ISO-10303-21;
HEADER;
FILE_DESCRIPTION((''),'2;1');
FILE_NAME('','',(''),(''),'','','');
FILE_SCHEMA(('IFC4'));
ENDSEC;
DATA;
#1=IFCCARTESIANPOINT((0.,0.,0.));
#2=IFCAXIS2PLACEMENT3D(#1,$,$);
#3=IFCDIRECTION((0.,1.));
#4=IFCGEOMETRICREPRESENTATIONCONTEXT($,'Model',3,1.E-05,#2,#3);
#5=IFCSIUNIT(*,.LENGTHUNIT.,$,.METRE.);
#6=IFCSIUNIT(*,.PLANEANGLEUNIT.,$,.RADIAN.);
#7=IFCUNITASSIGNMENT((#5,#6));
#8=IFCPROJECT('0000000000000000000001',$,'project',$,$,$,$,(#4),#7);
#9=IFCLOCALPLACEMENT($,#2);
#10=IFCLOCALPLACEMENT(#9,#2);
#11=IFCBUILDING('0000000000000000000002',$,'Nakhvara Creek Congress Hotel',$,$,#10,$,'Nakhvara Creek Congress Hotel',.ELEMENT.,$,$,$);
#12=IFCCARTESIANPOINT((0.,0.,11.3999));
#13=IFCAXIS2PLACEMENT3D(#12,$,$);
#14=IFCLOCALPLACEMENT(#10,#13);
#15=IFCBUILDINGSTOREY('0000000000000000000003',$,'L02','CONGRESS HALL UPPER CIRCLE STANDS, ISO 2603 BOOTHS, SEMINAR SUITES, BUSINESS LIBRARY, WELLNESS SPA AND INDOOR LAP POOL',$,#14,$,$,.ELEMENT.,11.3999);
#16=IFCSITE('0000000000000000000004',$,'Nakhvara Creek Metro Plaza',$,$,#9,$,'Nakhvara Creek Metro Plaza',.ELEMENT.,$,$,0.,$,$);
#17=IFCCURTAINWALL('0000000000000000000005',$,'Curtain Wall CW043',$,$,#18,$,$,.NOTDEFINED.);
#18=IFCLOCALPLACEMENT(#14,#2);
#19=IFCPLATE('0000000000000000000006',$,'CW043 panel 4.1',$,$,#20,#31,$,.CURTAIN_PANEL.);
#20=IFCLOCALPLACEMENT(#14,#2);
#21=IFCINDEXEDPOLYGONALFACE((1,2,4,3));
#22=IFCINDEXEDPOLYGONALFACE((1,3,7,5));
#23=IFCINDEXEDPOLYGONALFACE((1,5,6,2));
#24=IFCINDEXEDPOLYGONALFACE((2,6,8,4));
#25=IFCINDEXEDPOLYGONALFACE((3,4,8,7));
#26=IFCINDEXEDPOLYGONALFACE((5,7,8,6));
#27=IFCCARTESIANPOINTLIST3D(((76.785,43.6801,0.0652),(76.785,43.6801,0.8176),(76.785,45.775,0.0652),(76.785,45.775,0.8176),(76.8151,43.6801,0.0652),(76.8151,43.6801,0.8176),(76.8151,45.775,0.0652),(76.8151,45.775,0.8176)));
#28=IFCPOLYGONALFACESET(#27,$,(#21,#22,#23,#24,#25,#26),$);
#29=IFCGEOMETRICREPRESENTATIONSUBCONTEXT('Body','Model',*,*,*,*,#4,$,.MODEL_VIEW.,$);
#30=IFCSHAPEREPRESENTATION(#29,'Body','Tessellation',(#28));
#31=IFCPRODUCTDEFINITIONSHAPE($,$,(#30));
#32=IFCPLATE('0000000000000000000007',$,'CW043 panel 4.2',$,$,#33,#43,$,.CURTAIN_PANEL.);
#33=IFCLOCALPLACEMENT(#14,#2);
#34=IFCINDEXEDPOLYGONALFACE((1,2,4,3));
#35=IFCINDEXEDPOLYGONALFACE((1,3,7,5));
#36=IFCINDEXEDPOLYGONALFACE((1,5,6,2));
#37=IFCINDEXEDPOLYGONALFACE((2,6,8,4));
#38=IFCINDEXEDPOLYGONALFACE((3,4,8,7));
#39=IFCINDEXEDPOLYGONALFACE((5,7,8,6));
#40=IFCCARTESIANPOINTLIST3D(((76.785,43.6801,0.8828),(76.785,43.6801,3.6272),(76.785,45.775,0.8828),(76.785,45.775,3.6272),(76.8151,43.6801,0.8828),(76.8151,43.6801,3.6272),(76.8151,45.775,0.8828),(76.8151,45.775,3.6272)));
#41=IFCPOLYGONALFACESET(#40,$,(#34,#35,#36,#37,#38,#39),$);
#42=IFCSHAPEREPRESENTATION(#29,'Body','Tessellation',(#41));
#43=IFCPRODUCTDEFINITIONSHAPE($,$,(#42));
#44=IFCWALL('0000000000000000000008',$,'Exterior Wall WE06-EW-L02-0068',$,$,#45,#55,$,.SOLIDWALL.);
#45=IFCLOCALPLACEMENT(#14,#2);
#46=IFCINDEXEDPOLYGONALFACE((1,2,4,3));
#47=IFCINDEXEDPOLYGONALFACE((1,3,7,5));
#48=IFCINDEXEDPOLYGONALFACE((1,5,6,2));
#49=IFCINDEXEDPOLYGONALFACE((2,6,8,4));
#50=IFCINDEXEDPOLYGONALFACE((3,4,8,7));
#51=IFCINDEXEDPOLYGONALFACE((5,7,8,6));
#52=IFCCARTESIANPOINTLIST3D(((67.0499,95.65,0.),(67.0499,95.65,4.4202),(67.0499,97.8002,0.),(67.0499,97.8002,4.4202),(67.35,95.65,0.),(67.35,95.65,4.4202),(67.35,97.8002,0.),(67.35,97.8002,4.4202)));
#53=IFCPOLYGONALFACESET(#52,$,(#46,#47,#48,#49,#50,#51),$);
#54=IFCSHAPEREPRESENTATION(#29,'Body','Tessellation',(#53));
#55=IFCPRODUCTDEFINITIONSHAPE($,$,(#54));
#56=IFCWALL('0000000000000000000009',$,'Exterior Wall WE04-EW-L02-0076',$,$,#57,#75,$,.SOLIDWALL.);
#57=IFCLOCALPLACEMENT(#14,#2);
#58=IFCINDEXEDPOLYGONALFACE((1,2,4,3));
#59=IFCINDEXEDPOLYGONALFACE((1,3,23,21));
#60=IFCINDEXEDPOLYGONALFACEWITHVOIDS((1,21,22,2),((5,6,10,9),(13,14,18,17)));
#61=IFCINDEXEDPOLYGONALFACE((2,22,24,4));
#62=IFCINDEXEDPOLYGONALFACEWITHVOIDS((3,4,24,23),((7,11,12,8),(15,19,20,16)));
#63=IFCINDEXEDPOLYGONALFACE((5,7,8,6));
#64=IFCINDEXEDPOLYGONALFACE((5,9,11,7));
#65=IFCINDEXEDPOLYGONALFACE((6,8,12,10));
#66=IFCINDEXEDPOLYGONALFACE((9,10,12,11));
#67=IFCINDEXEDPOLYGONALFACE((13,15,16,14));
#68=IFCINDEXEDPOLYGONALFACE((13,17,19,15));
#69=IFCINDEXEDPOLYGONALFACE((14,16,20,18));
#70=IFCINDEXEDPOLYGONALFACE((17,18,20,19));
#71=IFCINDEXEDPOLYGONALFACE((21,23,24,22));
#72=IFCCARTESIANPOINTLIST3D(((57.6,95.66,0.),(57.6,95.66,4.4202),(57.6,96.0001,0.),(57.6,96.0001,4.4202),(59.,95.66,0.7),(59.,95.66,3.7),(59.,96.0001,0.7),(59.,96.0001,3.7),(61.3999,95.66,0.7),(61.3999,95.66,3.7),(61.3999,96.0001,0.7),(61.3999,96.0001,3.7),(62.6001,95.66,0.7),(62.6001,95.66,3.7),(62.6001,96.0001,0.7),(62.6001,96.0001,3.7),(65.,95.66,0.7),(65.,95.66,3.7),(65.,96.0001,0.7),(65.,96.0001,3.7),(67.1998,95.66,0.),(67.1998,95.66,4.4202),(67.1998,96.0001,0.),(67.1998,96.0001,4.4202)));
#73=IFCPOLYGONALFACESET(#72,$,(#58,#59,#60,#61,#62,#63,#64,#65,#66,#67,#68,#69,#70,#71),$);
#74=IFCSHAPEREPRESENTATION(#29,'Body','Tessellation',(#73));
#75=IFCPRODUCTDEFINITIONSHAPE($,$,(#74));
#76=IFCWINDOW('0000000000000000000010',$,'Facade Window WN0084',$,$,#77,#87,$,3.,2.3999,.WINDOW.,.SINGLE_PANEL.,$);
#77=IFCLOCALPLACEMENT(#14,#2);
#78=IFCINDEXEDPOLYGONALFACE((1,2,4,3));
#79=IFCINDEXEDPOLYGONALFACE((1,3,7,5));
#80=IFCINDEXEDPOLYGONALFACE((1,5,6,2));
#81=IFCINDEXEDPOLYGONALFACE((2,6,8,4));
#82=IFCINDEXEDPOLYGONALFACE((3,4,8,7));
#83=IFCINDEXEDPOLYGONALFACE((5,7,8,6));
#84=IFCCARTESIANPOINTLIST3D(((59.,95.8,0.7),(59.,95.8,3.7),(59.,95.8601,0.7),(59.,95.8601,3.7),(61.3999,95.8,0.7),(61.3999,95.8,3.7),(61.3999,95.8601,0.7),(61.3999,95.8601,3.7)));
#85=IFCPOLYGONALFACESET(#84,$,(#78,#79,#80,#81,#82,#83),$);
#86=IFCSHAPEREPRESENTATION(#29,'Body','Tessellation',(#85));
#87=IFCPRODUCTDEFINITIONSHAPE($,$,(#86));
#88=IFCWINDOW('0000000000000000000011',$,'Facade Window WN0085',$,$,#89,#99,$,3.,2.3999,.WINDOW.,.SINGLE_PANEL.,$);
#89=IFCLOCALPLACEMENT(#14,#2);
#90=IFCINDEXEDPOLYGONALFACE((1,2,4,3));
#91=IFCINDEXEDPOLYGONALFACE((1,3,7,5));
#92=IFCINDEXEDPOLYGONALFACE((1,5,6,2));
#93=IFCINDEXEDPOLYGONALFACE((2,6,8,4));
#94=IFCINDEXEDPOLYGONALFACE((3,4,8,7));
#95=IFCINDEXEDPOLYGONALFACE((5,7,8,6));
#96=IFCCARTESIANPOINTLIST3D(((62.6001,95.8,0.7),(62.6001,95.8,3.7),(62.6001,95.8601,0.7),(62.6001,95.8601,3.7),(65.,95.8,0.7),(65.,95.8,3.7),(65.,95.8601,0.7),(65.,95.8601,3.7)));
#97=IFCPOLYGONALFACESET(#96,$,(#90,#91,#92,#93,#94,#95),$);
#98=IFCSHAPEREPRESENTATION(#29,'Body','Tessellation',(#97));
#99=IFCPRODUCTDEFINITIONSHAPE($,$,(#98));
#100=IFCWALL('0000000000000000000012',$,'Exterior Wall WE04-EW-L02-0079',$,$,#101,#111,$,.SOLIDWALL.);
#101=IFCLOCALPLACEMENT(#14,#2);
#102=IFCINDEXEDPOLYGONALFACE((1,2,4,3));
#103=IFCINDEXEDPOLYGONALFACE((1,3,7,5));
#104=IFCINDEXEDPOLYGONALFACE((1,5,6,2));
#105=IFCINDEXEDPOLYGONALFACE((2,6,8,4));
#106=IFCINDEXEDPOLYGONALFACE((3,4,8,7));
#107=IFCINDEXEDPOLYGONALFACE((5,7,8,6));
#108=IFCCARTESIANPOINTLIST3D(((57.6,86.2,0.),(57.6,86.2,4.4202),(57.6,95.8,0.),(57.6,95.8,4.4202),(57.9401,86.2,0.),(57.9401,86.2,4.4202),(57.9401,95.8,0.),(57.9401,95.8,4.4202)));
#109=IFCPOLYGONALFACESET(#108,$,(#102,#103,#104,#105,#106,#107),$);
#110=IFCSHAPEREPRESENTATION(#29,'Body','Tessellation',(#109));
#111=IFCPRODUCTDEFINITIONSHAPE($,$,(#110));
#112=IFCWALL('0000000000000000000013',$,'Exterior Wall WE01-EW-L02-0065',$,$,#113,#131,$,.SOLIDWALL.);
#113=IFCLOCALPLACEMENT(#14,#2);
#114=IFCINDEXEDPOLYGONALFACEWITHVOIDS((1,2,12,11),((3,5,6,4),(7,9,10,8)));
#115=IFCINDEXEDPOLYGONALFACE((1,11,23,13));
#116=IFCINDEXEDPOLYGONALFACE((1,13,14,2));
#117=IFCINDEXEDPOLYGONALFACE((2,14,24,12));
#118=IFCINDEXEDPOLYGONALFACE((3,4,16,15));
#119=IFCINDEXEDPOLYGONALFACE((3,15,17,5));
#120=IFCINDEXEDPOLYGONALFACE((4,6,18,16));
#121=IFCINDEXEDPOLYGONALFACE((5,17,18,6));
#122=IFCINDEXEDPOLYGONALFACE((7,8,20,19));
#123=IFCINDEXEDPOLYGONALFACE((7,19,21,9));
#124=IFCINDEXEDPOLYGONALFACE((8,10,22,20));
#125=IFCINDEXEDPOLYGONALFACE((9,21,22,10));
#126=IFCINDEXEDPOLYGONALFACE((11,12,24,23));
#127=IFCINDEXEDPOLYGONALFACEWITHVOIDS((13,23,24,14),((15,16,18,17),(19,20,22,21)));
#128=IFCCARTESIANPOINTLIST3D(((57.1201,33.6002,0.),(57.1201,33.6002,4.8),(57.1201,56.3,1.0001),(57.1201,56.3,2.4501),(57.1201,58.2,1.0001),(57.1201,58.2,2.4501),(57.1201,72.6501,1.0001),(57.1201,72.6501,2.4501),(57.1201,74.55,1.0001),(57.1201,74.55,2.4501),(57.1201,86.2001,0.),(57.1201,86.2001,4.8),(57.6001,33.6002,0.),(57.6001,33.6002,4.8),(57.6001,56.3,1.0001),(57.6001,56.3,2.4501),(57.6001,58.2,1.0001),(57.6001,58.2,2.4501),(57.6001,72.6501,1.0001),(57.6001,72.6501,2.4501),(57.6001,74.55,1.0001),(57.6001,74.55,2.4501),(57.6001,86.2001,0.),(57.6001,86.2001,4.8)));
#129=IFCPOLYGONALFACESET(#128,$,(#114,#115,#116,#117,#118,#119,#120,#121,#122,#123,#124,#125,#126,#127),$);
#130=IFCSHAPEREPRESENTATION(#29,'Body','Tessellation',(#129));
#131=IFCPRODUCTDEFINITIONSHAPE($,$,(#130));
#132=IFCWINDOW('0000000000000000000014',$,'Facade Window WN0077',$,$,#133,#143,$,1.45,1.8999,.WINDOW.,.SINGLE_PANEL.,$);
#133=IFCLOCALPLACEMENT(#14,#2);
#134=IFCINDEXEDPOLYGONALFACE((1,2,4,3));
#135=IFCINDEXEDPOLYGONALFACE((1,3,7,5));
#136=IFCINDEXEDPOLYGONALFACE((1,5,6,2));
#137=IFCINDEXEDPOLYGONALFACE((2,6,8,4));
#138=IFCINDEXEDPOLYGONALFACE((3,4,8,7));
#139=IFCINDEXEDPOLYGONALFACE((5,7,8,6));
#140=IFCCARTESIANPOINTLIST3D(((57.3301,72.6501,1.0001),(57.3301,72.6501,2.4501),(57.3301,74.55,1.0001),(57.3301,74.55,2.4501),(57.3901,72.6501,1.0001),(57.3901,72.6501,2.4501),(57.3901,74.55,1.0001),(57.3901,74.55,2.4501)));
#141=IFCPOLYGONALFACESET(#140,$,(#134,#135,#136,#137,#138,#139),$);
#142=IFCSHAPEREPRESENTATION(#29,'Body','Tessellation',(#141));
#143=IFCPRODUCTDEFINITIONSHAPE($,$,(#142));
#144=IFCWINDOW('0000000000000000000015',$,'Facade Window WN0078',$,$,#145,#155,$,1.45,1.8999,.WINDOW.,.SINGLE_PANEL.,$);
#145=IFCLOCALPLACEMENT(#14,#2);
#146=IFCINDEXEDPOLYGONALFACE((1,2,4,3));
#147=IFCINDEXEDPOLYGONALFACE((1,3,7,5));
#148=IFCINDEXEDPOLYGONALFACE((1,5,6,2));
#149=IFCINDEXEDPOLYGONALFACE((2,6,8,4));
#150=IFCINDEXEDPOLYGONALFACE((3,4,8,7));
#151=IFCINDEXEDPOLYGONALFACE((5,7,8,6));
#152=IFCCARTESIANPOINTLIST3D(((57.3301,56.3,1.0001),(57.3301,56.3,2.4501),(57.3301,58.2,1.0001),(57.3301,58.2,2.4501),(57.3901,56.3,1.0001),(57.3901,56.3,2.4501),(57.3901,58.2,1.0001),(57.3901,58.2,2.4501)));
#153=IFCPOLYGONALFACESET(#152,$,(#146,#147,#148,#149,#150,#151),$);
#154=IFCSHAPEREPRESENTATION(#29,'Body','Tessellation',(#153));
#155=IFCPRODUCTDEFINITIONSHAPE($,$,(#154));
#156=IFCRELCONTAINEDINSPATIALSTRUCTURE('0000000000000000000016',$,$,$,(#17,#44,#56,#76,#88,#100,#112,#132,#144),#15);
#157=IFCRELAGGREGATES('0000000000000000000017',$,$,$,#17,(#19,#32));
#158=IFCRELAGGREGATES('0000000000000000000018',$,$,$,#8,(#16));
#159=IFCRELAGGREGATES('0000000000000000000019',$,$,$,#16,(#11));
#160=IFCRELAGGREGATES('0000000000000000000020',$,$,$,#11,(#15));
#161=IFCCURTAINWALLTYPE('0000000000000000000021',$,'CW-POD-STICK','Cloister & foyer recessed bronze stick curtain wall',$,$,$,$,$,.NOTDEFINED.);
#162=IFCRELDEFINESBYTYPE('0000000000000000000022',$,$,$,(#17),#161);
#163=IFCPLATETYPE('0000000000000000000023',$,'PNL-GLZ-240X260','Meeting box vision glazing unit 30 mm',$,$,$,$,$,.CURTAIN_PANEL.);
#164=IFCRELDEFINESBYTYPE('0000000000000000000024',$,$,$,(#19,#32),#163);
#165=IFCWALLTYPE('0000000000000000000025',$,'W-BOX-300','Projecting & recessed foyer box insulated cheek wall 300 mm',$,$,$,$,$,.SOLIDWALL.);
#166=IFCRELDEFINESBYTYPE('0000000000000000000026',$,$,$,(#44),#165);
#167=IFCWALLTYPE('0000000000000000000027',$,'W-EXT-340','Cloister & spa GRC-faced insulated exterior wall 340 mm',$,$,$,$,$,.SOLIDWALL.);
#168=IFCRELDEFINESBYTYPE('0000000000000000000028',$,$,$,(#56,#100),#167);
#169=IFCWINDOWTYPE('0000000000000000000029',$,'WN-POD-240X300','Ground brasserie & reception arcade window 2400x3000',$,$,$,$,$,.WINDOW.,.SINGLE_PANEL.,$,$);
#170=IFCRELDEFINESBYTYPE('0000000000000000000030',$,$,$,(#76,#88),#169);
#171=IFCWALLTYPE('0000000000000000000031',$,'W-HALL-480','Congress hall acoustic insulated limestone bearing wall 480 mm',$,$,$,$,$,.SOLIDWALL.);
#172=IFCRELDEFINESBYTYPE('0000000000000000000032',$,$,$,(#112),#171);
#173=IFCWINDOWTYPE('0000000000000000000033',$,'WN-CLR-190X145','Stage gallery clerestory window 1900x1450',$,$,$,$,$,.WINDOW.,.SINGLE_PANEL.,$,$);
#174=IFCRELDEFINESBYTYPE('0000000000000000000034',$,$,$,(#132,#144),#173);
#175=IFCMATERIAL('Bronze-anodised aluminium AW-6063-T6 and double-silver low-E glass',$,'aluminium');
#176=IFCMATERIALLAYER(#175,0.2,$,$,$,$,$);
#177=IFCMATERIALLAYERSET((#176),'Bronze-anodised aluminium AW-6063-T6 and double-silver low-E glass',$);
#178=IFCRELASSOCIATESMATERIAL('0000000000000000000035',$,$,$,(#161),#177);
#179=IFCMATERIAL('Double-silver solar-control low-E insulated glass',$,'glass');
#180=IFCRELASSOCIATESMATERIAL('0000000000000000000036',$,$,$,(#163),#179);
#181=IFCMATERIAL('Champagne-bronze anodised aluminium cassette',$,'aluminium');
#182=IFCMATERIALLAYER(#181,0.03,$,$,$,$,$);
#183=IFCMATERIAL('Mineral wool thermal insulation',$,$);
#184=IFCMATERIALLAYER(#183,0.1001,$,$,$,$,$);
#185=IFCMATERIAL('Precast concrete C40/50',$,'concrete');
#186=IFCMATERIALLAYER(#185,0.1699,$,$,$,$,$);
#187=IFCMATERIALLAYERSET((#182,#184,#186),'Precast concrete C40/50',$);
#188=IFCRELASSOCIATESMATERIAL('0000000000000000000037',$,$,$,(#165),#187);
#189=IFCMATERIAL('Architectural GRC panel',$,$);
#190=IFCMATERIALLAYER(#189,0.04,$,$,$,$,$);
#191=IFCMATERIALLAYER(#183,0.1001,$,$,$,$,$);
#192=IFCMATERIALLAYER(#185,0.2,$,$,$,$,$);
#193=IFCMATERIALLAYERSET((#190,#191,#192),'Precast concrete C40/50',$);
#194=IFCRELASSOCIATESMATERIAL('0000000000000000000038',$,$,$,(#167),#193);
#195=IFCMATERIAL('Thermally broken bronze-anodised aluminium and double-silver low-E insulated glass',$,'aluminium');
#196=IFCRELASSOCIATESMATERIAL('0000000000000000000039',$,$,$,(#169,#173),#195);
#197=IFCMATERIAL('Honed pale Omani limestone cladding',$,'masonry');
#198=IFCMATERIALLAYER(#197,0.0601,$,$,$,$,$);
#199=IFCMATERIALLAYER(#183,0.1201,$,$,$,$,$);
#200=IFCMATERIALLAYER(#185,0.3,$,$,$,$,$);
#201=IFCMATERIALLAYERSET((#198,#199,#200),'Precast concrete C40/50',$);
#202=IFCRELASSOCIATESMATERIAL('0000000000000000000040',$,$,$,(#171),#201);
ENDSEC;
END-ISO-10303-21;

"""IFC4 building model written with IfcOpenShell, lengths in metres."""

from ifc_helpers import new_model, si_unit, direction, frame, frame_2d, origin, origin_2d, place, context, subcontext, project, spatial, rectangle, extrude, material, layer, layer_set, type_object, element, fill, aggregate, save


model = new_model("IFC4")

# Units and contexts
model_context = context("Model", 3, precision=1e-05, world=origin(), true_north=direction((0.0, 1.0)))
body_context = subcontext(model_context, "Body", "Model", "MODEL_VIEW")
ifc_project = project(units=[si_unit("LENGTHUNIT", "METRE"), si_unit("PLANEANGLEUNIT", "RADIAN")], contexts=[model_context])

# Site, building, storey
site_placement = place(None, origin())
site = spatial("IfcSite", under=ifc_project, at=site_placement, Name="Nakhvara Creek Metro Plaza", LongName="Nakhvara Creek Metro Plaza", CompositionType="ELEMENT", RefElevation=0.0)
building_placement = place(site_placement, origin())
building = spatial("IfcBuilding", under=site, at=building_placement, Name="Nakhvara Creek Congress Hotel", LongName="Nakhvara Creek Congress Hotel", CompositionType="ELEMENT")
storey_placement = place(building_placement, frame((0.0, 0.0, 11.3999)))
storey = spatial("IfcBuildingStorey", under=building, at=storey_placement, Name="L02", Description="CONGRESS HALL UPPER CIRCLE STANDS, ISO 2603 BOOTHS, SEMINAR SUITES, BUSINESS LIBRARY, WELLNESS SPA AND INDOOR LAP POOL", CompositionType="ELEMENT", Elevation=11.3999)

# Curtain wall
ifc_material_1 = material(Name="Bronze-anodised aluminium AW-6063-T6 and double-silver low-E glass", Category="aluminium")
ifc_layer_1 = layer(ifc_material_1, 0.2)
ifc_layer_set_1 = layer_set([ifc_layer_1], Name="Bronze-anodised aluminium AW-6063-T6 and double-silver low-E glass")
curtain_wall_type_1 = type_object("IfcCurtainWallType", Name="CW-POD-STICK", Description="Cloister & foyer recessed bronze stick curtain wall", PredefinedType="NOTDEFINED", material=ifc_layer_set_1)
curtain_wall_1_placement = place(storey_placement, origin())
curtain_wall_1 = element("IfcCurtainWall", 1, at=curtain_wall_1_placement, inside=storey, type_object=curtain_wall_type_1, Name="Curtain Wall CW043", PredefinedType="NOTDEFINED")

# Plates
ifc_material_2 = material(Name="Double-silver solar-control low-E insulated glass", Category="glass")
plate_type = type_object("IfcPlateType", Name="PNL-GLZ-240X260", Description="Meeting box vision glazing unit 30 mm", PredefinedType="CURTAIN_PANEL", material=ifc_material_2)
plate_1_placement = place(storey_placement, frame((76.8, 44.7275, 0.0652), z_axis=(0.0, 0.0, 1.0), x_axis=(0.0, -1.0, 0.0)))
plate_1 = element("IfcPlate", 2, at=plate_1_placement, type_object=plate_type, Name="CW043 panel 4.1", PredefinedType="CURTAIN_PANEL", context=body_context, shape_type="SweptSolid", body=[
    extrude(rectangle(XDim=2.095, YDim=0.03, at=origin_2d()), origin(), (0.0, 0.0, 1.0), 0.7524),
])
plate_2_placement = place(storey_placement, frame((76.8, 44.7275, 0.8828), z_axis=(0.0, 0.0, 1.0), x_axis=(0.0, -1.0, 0.0)))
plate_2 = element("IfcPlate", 3, at=plate_2_placement, type_object=plate_type, Name="CW043 panel 4.2", PredefinedType="CURTAIN_PANEL", context=body_context, shape_type="SweptSolid", body=[
    extrude(rectangle(XDim=2.095, YDim=0.03, at=origin_2d()), origin(), (0.0, 0.0, 1.0), 2.7444),
])
aggregate(curtain_wall_1, [plate_1, plate_2])

# Wall
ifc_material_3 = material(Name="Champagne-bronze anodised aluminium cassette", Category="aluminium")
ifc_layer_2 = layer(ifc_material_3, 0.03)
ifc_material_4 = material(Name="Mineral wool thermal insulation")
ifc_layer_3 = layer(ifc_material_4, 0.1001)
ifc_material_5 = material(Name="Precast concrete C40/50", Category="concrete")
ifc_layer_4 = layer(ifc_material_5, 0.1699)
ifc_layer_set_2 = layer_set([ifc_layer_2, ifc_layer_3, ifc_layer_4], Name="Precast concrete C40/50")
wall_type_1 = type_object("IfcWallType", Name="W-BOX-300", Description="Projecting & recessed foyer box insulated cheek wall 300 mm", PredefinedType="SOLIDWALL", material=ifc_layer_set_2)
wall_1_placement = place(storey_placement, frame((67.2, 95.6499, 0.0), z_axis=(0.0, 0.0, 1.0), x_axis=(0.0, 1.0, 0.0)))
element("IfcWall", 4, at=wall_1_placement, inside=storey, type_object=wall_type_1, Name="Exterior Wall WE06-EW-L02-0068", PredefinedType="SOLIDWALL", context=body_context, shape_type="SweptSolid", body=[
    extrude(rectangle(XDim=2.1501, YDim=0.3, at=frame_2d((1.0752, 0.0))), origin(), (0.0, 0.0, 1.0), 4.4202),
])

# Wall, openings, windows
ifc_material_6 = material(Name="Architectural GRC panel")
ifc_layer_5 = layer(ifc_material_6, 0.04)
ifc_layer_6 = layer(ifc_material_4, 0.1001)
ifc_layer_7 = layer(ifc_material_5, 0.2)
ifc_layer_set_3 = layer_set([ifc_layer_5, ifc_layer_6, ifc_layer_7], Name="Precast concrete C40/50")
wall_type_2 = type_object("IfcWallType", Name="W-EXT-340", Description="Cloister & spa GRC-faced insulated exterior wall 340 mm", PredefinedType="SOLIDWALL", material=ifc_layer_set_3)
wall_2_placement = place(storey_placement, frame((57.6001, 95.8301, 0.0), z_axis=(0.0, 0.0, 1.0), x_axis=(1.0, 0.0, 0.0)))
wall_2 = element("IfcWall", 5, at=wall_2_placement, inside=storey, type_object=wall_type_2, Name="Exterior Wall WE04-EW-L02-0076", PredefinedType="SOLIDWALL", context=body_context, shape_type="SweptSolid", body=[
    extrude(rectangle(XDim=9.5999, YDim=0.3401, at=frame_2d((4.7998, 0.0))), origin(), (0.0, 0.0, 1.0), 4.4202),
])
opening_1_placement = place(wall_2_placement, frame((1.3999, 0.0, 0.7)))
opening_1 = element("IfcOpeningElement", 6, at=opening_1_placement, cuts=wall_2, PredefinedType="OPENING", context=body_context, shape_type="SweptSolid", body=[
    extrude(rectangle(XDim=2.3999, YDim=3.0, at=frame_2d((1.2, 1.5))), frame((0.0, 0.1821, 0.0), z_axis=(0.0, -1.0, 0.0), x_axis=(1.0, 0.0, 0.0)), (0.0, 0.0, 1.0), 0.364),
])
opening_2_placement = place(wall_2_placement, frame((5.0, 0.0, 0.7)))
opening_2 = element("IfcOpeningElement", 7, at=opening_2_placement, cuts=wall_2, PredefinedType="OPENING", context=body_context, shape_type="SweptSolid", body=[
    extrude(rectangle(XDim=2.3999, YDim=3.0, at=frame_2d((1.2, 1.5))), frame((0.0, 0.1821, 0.0), z_axis=(0.0, -1.0, 0.0), x_axis=(1.0, 0.0, 0.0)), (0.0, 0.0, 1.0), 0.364),
])
ifc_material_7 = material(Name="Thermally broken bronze-anodised aluminium and double-silver low-E insulated glass", Category="aluminium")
window_type_1 = type_object("IfcWindowType", Name="WN-POD-240X300", Description="Ground brasserie & reception arcade window 2400x3000", PartitioningType="SINGLE_PANEL", PredefinedType="WINDOW", material=ifc_material_7)
window_1_placement = place(opening_1_placement, origin())
window_1 = element("IfcWindow", 8, at=window_1_placement, inside=storey, type_object=window_type_1, Name="Facade Window WN0084", OverallHeight=3.0, OverallWidth=2.3999, PartitioningType="SINGLE_PANEL", PredefinedType="WINDOW", context=body_context, shape_type="SweptSolid", body=[
    extrude(rectangle(XDim=2.3999, YDim=3.0, at=frame_2d((1.2, 1.5))), frame((0.0, 0.03, 0.0), z_axis=(0.0, -1.0, 0.0), x_axis=(1.0, 0.0, 0.0)), (0.0, 0.0, 1.0), 0.0601),
])
fill(opening_1, window_1)
window_2_placement = place(opening_2_placement, origin())
window_2 = element("IfcWindow", 9, at=window_2_placement, inside=storey, type_object=window_type_1, Name="Facade Window WN0085", OverallHeight=3.0, OverallWidth=2.3999, PartitioningType="SINGLE_PANEL", PredefinedType="WINDOW", context=body_context, shape_type="SweptSolid", body=[
    extrude(rectangle(XDim=2.3999, YDim=3.0, at=frame_2d((1.2, 1.5))), frame((0.0, 0.03, 0.0), z_axis=(0.0, -1.0, 0.0), x_axis=(1.0, 0.0, 0.0)), (0.0, 0.0, 1.0), 0.0601),
])
fill(opening_2, window_2)

# Wall
wall_3_placement = place(storey_placement, frame((57.77, 86.2, 0.0), z_axis=(0.0, 0.0, 1.0), x_axis=(0.0, 1.0, 0.0)))
element("IfcWall", 10, at=wall_3_placement, inside=storey, type_object=wall_type_2, Name="Exterior Wall WE04-EW-L02-0079", PredefinedType="SOLIDWALL", context=body_context, shape_type="SweptSolid", body=[
    extrude(rectangle(XDim=9.6001, YDim=0.3401, at=frame_2d((4.8, 0.0))), origin(), (0.0, 0.0, 1.0), 4.4202),
])

# Wall, openings, windows
ifc_material_8 = material(Name="Honed pale Omani limestone cladding", Category="masonry")
ifc_layer_8 = layer(ifc_material_8, 0.0601)
ifc_layer_9 = layer(ifc_material_4, 0.1201)
ifc_layer_10 = layer(ifc_material_5, 0.3)
ifc_layer_set_4 = layer_set([ifc_layer_8, ifc_layer_9, ifc_layer_10], Name="Precast concrete C40/50")
wall_type_3 = type_object("IfcWallType", Name="W-HALL-480", Description="Congress hall acoustic insulated limestone bearing wall 480 mm", PredefinedType="SOLIDWALL", material=ifc_layer_set_4)
wall_4_placement = place(storey_placement, frame((57.3601, 86.2, 0.0), z_axis=(0.0, 0.0, 1.0), x_axis=(0.0, -1.0, 0.0)))
wall_4 = element("IfcWall", 11, at=wall_4_placement, inside=storey, type_object=wall_type_3, Name="Exterior Wall WE01-EW-L02-0065", PredefinedType="SOLIDWALL", context=body_context, shape_type="SweptSolid", body=[
    extrude(rectangle(XDim=52.5999, YDim=0.48, at=frame_2d((26.2998, 0.0))), origin(), (0.0, 0.0, 1.0), 4.8),
])
opening_3_placement = place(wall_4_placement, frame((11.6499, 0.0, 1.0)))
opening_3 = element("IfcOpeningElement", 12, at=opening_3_placement, cuts=wall_4, PredefinedType="OPENING", context=body_context, shape_type="SweptSolid", body=[
    extrude(rectangle(XDim=1.8999, YDim=1.45, at=frame_2d((0.95, 0.7251))), frame((0.0, 0.252, 0.0), z_axis=(0.0, -1.0, 0.0), x_axis=(1.0, 0.0, 0.0)), (0.0, 0.0, 1.0), 0.5039),
])
opening_4_placement = place(wall_4_placement, frame((28.0, 0.0, 1.0)))
opening_4 = element("IfcOpeningElement", 13, at=opening_4_placement, cuts=wall_4, PredefinedType="OPENING", context=body_context, shape_type="SweptSolid", body=[
    extrude(rectangle(XDim=1.8999, YDim=1.45, at=frame_2d((0.95, 0.7251))), frame((0.0, 0.252, 0.0), z_axis=(0.0, -1.0, 0.0), x_axis=(1.0, 0.0, 0.0)), (0.0, 0.0, 1.0), 0.5039),
])
window_type_2 = type_object("IfcWindowType", Name="WN-CLR-190X145", Description="Stage gallery clerestory window 1900x1450", PartitioningType="SINGLE_PANEL", PredefinedType="WINDOW", material=ifc_material_7)
window_3_placement = place(opening_3_placement, origin())
window_3 = element("IfcWindow", 14, at=window_3_placement, inside=storey, type_object=window_type_2, Name="Facade Window WN0077", OverallHeight=1.45, OverallWidth=1.8999, PartitioningType="SINGLE_PANEL", PredefinedType="WINDOW", context=body_context, shape_type="SweptSolid", body=[
    extrude(rectangle(XDim=1.8999, YDim=1.45, at=frame_2d((0.95, 0.7251))), frame((0.0, 0.03, 0.0), z_axis=(0.0, -1.0, 0.0), x_axis=(1.0, 0.0, 0.0)), (0.0, 0.0, 1.0), 0.0601),
])
fill(opening_3, window_3)
window_4_placement = place(opening_4_placement, origin())
window_4 = element("IfcWindow", 15, at=window_4_placement, inside=storey, type_object=window_type_2, Name="Facade Window WN0078", OverallHeight=1.45, OverallWidth=1.8999, PartitioningType="SINGLE_PANEL", PredefinedType="WINDOW", context=body_context, shape_type="SweptSolid", body=[
    extrude(rectangle(XDim=1.8999, YDim=1.45, at=frame_2d((0.95, 0.7251))), frame((0.0, 0.03, 0.0), z_axis=(0.0, -1.0, 0.0), x_axis=(1.0, 0.0, 0.0)), (0.0, 0.0, 1.0), 0.0601),
])
fill(opening_4, window_4)

save(model, "model.ifc")
